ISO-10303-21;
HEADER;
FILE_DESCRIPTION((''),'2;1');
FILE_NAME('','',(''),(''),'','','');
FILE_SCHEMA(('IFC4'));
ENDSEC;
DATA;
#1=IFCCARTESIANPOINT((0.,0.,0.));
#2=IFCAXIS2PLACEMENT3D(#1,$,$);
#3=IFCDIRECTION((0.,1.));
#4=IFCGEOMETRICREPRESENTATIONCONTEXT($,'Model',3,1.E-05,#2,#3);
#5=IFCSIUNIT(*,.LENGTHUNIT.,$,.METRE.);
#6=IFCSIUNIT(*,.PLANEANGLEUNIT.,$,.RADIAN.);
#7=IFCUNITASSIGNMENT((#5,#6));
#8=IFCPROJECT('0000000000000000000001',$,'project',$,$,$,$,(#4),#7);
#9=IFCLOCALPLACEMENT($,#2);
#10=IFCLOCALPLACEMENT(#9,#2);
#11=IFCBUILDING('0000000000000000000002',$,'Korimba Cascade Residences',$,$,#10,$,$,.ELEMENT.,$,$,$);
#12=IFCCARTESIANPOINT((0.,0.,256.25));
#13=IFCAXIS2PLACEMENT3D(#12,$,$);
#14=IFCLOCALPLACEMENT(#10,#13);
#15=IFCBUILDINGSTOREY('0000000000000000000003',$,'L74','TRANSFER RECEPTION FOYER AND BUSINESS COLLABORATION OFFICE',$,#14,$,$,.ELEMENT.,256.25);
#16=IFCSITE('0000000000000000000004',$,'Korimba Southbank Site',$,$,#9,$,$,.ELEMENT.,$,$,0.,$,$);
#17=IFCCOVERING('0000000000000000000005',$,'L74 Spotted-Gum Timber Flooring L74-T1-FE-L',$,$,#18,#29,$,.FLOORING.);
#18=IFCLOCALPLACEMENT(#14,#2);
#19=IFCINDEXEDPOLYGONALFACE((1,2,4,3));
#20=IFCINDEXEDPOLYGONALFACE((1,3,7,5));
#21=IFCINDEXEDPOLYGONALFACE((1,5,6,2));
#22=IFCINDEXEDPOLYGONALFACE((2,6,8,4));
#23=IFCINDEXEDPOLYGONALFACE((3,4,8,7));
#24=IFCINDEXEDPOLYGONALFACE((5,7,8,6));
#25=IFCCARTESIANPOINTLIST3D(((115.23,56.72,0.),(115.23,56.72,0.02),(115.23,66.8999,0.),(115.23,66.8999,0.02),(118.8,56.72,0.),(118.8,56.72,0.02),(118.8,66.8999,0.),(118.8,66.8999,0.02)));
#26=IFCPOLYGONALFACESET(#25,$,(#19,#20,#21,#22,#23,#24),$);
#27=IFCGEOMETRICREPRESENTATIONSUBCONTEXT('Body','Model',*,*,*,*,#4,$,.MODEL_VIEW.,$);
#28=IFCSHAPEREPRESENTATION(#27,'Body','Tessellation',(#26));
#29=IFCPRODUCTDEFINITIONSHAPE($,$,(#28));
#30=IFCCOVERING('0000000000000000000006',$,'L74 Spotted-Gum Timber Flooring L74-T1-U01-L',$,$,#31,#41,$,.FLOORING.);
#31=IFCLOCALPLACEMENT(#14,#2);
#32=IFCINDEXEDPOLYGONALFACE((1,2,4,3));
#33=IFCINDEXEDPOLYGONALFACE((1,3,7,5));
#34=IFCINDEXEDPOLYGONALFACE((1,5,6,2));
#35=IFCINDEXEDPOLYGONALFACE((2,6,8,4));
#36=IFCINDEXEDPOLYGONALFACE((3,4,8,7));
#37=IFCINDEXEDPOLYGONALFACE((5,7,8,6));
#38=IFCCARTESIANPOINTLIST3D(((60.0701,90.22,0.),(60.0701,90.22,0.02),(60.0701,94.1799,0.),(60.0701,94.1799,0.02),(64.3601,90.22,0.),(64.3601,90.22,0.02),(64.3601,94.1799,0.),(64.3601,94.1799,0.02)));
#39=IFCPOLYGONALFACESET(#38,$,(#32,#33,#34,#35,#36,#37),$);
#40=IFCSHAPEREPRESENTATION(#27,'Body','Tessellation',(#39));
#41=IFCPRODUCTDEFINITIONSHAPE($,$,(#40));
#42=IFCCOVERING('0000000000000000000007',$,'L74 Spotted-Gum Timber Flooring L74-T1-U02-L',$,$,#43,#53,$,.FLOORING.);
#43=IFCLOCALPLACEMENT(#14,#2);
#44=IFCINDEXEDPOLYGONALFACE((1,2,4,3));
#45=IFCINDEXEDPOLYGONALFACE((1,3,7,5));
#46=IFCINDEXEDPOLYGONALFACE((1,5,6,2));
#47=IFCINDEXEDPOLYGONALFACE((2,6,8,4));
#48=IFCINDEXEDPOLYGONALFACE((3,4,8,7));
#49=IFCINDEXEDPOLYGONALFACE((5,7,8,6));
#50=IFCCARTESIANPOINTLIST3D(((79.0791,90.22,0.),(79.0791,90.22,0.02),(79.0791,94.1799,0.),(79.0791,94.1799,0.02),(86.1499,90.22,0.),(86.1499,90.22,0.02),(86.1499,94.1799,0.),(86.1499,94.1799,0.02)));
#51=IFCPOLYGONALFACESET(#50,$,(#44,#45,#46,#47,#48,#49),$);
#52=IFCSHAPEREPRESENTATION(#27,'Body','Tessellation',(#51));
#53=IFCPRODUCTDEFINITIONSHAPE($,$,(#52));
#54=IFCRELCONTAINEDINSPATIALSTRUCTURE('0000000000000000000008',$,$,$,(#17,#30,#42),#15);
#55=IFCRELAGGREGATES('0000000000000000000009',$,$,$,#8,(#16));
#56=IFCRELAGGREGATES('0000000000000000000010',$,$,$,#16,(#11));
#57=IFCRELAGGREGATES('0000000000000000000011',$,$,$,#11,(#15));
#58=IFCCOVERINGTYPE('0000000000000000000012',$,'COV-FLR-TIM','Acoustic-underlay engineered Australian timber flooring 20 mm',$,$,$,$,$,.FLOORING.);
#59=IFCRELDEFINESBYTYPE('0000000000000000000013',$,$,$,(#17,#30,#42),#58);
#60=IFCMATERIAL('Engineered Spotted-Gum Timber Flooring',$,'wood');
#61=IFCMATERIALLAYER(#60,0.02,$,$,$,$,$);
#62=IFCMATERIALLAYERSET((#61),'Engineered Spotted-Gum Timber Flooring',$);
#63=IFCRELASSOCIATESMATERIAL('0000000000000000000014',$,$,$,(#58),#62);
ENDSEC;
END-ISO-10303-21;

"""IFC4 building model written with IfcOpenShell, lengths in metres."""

from ifc_helpers import new_model, si_unit, direction, frame, origin, place, context, subcontext, project, spatial, polyline, outline, extrude, material, layer, layer_set, type_object, element, save


model = new_model("IFC4")

# Units and contexts
model_context = context("Model", 3, precision=1e-05, world=origin(), true_north=direction((0.0, 1.0)))
body_context = subcontext(model_context, "Body", "Model", "MODEL_VIEW")
ifc_project = project(units=[si_unit("LENGTHUNIT", "METRE"), si_unit("PLANEANGLEUNIT", "RADIAN")], contexts=[model_context])

# Site, building, storey
site_placement = place(None, origin())
site = spatial("IfcSite", under=ifc_project, at=site_placement, Name="Korimba Southbank Site", CompositionType="ELEMENT", RefElevation=0.0)
building_placement = place(site_placement, origin())
building = spatial("IfcBuilding", under=site, at=building_placement, Name="Korimba Cascade Residences", CompositionType="ELEMENT")
storey_placement = place(building_placement, frame((0.0, 0.0, 256.25)))
storey = spatial("IfcBuildingStorey", under=building, at=storey_placement, Name="L74", Description="TRANSFER RECEPTION FOYER AND BUSINESS COLLABORATION OFFICE", CompositionType="ELEMENT", Elevation=256.25)

# Coverings
ifc_material_1 = material(Name="Engineered Spotted-Gum Timber Flooring", Category="wood")
ifc_layer_1 = layer(ifc_material_1, 0.02)
ifc_layer_set_1 = layer_set([ifc_layer_1], Name="Engineered Spotted-Gum Timber Flooring")
covering_type = type_object("IfcCoveringType", Name="COV-FLR-TIM", Description="Acoustic-underlay engineered Australian timber flooring 20 mm", PredefinedType="FLOORING", material=ifc_layer_set_1)
covering_1_placement = place(storey_placement, origin())
element("IfcCovering", 1, at=covering_1_placement, inside=storey, type_object=covering_type, Name="L74 Spotted-Gum Timber Flooring L74-T1-FE-L", PredefinedType="FLOORING", context=body_context, shape_type="SweptSolid", body=[
    extrude(outline(polyline([(115.23, 56.72), (118.8, 56.72), (118.8, 66.8999), (115.23, 66.8999), (115.23, 56.72)])), origin(), (0.0, 0.0, 1.0), 0.02),
])
covering_2_placement = place(storey_placement, origin())
element("IfcCovering", 2, at=covering_2_placement, inside=storey, type_object=covering_type, Name="L74 Spotted-Gum Timber Flooring L74-T1-U01-L", PredefinedType="FLOORING", context=body_context, shape_type="SweptSolid", body=[
    extrude(outline(polyline([(60.0701, 90.22), (64.3601, 90.22), (64.3601, 94.1799), (60.0701, 94.1799), (60.0701, 90.22)])), origin(), (0.0, 0.0, 1.0), 0.02),
])
covering_3_placement = place(storey_placement, origin())
element("IfcCovering", 3, at=covering_3_placement, inside=storey, type_object=covering_type, Name="L74 Spotted-Gum Timber Flooring L74-T1-U02-L", PredefinedType="FLOORING", context=body_context, shape_type="SweptSolid", body=[
    extrude(outline(polyline([(79.0791, 90.22), (86.1499, 90.22), (86.1499, 94.1799), (79.0791, 94.1799), (79.0791, 90.22)])), origin(), (0.0, 0.0, 1.0), 0.02),
])

save(model, "model.ifc")
